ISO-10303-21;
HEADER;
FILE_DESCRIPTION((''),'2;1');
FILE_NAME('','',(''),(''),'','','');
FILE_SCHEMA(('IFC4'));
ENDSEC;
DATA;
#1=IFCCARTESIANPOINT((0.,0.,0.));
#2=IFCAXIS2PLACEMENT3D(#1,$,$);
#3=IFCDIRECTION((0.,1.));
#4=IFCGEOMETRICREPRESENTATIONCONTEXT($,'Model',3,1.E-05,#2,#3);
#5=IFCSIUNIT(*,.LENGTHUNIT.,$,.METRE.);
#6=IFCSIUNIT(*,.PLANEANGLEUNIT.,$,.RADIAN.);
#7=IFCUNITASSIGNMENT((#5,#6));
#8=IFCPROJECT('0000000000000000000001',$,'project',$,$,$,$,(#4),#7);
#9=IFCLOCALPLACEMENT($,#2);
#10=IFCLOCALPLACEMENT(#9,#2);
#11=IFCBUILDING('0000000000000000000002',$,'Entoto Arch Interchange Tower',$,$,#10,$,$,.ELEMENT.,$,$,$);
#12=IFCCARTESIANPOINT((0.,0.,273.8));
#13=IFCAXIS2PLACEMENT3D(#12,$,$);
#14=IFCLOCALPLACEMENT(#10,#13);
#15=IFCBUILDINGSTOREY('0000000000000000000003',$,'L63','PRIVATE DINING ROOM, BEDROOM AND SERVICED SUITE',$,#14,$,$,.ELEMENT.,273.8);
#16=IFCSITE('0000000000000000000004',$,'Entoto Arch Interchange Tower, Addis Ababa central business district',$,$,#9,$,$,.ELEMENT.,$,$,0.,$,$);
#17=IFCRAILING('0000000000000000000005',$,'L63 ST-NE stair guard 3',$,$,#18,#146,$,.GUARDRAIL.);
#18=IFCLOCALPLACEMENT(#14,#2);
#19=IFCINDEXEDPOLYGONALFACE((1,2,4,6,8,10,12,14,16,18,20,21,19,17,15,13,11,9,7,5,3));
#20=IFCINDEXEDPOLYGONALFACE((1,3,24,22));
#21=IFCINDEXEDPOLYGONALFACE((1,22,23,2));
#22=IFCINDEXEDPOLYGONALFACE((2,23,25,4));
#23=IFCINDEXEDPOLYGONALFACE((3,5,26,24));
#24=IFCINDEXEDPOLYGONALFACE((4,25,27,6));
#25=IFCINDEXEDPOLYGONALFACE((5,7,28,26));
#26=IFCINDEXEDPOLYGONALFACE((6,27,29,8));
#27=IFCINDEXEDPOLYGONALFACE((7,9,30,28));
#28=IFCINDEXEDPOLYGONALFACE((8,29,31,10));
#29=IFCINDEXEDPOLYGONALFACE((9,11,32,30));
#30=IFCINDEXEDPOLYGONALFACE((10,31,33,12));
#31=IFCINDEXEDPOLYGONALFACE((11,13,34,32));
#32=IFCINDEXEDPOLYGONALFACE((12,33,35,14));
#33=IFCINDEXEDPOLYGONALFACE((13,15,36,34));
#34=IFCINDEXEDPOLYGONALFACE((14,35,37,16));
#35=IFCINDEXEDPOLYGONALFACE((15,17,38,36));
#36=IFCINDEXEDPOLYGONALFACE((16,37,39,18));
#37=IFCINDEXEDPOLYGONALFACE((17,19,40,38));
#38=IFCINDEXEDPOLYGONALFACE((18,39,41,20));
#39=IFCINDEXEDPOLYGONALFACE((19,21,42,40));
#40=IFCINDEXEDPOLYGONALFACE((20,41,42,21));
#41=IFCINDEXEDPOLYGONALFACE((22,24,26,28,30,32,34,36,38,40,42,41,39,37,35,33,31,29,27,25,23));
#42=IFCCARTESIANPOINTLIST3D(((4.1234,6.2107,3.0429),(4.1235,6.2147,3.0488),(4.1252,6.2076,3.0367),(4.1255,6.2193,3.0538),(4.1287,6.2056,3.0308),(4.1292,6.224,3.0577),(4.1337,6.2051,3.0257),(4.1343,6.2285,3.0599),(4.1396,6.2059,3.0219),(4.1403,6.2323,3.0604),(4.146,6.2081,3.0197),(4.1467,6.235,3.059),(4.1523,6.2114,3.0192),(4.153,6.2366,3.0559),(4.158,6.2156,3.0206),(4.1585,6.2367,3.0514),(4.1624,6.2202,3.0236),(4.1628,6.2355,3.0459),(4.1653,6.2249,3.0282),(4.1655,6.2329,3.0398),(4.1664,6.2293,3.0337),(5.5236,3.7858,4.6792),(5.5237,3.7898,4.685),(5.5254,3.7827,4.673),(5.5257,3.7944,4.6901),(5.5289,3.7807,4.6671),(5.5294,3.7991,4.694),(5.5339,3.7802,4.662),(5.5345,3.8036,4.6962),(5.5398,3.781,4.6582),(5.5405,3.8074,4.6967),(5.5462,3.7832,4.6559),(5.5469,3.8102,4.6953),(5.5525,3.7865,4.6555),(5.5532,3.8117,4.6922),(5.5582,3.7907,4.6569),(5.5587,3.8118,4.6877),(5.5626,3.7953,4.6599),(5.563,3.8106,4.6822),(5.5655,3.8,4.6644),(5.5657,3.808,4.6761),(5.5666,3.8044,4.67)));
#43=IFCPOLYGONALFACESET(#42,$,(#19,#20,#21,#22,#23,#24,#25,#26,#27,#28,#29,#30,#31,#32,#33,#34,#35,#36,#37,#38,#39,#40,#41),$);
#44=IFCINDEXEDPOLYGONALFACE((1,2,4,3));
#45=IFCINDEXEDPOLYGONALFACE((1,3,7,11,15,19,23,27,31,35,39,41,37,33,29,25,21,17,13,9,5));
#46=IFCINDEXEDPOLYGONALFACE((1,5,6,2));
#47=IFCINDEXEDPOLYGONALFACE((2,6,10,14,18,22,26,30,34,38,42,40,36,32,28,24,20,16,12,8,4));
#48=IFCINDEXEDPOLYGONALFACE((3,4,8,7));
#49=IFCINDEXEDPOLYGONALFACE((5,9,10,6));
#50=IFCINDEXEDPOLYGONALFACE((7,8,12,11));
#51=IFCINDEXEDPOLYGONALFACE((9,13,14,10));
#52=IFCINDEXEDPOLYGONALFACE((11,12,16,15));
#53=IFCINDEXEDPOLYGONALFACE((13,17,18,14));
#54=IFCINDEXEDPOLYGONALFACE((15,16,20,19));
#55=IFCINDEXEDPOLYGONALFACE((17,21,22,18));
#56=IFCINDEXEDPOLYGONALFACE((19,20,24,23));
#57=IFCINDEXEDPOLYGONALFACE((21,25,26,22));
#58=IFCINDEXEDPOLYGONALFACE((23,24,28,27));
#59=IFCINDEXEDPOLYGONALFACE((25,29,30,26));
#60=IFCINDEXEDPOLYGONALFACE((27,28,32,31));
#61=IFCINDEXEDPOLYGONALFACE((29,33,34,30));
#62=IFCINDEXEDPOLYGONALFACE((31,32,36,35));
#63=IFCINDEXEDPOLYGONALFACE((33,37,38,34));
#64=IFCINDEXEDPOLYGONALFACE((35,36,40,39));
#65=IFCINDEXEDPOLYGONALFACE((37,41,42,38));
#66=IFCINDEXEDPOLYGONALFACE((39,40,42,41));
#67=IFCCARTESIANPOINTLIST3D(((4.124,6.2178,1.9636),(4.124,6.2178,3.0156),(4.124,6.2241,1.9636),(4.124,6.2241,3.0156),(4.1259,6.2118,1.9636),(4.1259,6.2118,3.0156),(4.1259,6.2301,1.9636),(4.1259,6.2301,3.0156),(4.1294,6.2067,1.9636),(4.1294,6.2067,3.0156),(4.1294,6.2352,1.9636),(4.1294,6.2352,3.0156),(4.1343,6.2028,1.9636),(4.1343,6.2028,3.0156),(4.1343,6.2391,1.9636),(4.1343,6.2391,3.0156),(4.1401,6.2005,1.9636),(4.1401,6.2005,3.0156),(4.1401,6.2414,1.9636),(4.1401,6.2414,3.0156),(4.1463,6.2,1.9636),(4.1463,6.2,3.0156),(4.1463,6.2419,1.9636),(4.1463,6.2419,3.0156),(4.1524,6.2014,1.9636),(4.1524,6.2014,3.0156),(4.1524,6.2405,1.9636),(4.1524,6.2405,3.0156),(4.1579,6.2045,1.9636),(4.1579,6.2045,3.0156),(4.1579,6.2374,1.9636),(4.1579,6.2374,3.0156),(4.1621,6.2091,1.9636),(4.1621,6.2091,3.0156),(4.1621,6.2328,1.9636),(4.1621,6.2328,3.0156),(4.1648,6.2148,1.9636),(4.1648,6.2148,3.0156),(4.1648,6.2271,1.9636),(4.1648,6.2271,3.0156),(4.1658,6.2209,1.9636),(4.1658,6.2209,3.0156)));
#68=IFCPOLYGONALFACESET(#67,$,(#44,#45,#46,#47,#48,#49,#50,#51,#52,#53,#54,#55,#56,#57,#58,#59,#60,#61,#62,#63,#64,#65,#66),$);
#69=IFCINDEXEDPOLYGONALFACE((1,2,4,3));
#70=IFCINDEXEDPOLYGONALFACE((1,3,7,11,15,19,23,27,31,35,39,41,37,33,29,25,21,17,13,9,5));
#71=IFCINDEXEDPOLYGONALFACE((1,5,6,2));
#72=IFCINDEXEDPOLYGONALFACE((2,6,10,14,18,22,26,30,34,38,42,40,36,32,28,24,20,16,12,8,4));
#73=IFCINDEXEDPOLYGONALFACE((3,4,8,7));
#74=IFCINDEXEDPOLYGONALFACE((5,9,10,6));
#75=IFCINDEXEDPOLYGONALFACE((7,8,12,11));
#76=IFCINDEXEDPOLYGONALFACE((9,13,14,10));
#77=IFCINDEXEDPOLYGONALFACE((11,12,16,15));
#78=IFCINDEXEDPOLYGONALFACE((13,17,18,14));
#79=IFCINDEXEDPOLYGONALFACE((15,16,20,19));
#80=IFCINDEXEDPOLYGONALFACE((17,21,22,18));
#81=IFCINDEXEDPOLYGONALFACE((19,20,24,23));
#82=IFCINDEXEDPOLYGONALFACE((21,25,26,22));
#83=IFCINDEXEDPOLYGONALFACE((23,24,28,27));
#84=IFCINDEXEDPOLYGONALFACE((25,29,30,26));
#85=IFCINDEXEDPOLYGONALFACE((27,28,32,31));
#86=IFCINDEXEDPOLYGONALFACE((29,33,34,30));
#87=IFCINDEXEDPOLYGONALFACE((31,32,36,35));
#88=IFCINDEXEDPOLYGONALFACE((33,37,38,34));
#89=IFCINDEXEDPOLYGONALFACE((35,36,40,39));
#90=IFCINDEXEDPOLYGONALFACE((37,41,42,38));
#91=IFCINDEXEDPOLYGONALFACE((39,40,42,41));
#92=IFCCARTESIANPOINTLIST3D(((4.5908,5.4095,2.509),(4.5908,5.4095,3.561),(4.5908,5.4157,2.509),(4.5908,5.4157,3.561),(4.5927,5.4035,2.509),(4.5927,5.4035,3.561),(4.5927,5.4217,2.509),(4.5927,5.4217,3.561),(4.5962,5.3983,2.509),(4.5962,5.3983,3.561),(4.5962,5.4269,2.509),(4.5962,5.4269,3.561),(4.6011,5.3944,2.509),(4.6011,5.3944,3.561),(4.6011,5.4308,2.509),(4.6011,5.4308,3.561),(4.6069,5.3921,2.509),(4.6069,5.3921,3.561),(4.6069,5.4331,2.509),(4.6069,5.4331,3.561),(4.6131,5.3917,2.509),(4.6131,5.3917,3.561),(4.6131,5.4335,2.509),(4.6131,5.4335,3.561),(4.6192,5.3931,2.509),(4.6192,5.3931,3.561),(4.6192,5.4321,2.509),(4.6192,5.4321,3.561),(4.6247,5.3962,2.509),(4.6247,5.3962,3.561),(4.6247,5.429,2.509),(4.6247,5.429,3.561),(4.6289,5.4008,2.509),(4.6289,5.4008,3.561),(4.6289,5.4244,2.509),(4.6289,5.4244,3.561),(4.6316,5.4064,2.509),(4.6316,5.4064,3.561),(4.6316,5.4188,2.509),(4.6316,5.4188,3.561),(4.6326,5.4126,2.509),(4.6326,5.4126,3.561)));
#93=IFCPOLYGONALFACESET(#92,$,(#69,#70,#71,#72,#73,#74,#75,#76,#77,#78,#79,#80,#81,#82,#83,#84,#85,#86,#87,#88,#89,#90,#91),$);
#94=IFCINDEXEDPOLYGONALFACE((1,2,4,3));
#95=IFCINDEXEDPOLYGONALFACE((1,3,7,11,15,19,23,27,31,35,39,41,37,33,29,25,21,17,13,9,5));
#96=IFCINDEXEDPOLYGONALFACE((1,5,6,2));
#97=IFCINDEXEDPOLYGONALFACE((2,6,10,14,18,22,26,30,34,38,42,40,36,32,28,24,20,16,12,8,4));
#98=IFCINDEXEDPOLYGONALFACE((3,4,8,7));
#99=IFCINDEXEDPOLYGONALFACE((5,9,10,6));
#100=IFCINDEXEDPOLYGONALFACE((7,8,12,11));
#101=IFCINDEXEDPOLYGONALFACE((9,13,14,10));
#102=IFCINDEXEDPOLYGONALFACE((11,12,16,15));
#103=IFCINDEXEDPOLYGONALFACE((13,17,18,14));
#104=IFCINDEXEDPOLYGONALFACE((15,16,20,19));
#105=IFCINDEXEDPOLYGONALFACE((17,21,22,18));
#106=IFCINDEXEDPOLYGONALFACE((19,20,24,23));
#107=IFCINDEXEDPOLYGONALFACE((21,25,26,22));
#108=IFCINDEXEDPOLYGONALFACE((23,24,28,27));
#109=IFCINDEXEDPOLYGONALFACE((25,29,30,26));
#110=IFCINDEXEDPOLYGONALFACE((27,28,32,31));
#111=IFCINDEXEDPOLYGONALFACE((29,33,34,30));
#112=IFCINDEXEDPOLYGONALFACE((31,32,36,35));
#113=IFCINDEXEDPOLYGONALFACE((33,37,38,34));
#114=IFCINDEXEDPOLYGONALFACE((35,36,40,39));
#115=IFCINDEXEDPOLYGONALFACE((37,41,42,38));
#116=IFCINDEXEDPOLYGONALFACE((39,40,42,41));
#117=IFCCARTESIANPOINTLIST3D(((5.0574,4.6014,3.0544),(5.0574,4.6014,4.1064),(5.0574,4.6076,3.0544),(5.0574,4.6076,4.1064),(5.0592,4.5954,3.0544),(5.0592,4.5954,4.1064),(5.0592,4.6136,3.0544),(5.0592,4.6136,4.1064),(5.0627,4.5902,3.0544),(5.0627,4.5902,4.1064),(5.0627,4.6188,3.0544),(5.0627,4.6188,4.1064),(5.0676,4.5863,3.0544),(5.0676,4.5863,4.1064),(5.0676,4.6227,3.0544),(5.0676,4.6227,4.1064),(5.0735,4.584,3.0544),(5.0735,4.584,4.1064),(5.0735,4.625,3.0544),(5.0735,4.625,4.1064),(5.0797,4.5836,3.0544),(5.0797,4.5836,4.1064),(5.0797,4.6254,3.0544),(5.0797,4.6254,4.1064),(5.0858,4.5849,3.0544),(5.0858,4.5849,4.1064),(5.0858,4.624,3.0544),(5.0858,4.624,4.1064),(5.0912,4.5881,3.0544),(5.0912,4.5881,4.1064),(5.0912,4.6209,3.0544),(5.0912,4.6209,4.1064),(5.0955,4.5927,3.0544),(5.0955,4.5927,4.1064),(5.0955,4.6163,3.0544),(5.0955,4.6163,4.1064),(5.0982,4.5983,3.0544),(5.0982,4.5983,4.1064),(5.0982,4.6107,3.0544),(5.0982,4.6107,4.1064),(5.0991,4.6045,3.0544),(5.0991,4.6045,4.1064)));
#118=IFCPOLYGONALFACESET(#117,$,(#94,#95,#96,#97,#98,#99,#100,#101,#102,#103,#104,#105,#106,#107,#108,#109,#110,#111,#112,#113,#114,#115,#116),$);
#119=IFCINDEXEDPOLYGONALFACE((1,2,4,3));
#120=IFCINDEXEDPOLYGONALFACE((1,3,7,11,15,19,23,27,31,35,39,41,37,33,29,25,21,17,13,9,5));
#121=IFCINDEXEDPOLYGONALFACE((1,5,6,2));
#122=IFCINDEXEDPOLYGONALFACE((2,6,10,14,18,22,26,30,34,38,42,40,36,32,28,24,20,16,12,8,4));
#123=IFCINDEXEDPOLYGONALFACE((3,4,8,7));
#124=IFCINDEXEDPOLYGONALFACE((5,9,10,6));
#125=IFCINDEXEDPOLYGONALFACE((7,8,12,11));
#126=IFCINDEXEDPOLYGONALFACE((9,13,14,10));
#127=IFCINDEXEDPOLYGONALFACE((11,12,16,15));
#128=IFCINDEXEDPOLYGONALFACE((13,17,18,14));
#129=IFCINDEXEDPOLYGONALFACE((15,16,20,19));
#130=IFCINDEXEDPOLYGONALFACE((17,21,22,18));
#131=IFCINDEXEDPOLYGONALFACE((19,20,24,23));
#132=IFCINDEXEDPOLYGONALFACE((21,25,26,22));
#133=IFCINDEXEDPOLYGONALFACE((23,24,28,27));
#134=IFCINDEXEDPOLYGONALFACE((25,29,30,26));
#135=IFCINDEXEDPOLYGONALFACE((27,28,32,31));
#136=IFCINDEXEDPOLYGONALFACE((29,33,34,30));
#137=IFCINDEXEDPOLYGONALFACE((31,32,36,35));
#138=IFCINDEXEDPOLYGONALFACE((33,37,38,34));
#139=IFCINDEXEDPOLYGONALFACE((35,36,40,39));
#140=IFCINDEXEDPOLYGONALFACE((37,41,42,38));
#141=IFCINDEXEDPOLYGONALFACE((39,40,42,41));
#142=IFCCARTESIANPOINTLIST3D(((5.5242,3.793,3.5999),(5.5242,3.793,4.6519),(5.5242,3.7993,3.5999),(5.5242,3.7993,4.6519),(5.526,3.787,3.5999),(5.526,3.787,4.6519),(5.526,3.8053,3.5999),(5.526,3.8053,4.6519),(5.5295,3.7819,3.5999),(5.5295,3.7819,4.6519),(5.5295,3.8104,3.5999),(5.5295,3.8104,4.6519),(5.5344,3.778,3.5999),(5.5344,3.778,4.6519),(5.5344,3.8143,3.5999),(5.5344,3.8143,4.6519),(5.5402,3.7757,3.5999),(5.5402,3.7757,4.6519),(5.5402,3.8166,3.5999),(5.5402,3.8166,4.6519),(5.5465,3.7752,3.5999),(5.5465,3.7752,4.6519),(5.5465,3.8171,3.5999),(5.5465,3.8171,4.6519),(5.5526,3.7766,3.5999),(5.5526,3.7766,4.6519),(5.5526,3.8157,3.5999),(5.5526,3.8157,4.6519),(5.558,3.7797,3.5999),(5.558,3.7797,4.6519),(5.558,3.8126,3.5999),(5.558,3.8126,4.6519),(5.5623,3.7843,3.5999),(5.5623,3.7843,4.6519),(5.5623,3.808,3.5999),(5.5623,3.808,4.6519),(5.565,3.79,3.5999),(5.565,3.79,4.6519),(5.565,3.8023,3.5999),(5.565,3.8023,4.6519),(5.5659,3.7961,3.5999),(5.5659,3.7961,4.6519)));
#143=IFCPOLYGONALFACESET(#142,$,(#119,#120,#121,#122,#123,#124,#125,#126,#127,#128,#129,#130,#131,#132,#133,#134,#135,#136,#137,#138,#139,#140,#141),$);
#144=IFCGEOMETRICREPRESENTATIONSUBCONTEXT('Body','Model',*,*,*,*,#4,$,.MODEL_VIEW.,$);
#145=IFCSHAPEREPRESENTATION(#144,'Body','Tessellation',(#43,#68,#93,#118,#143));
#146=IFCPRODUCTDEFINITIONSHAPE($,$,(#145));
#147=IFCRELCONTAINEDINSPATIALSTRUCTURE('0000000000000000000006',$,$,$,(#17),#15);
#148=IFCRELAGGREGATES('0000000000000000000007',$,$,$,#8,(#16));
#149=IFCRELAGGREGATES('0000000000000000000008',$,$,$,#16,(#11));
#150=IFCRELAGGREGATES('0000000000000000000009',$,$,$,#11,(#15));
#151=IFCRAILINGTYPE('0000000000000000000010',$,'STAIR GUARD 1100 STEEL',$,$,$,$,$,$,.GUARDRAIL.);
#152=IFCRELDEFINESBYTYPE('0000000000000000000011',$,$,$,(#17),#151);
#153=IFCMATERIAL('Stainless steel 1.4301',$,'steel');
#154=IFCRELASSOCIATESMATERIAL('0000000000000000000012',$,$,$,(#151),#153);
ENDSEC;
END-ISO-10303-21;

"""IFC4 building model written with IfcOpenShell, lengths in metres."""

from ifc_helpers import new_model, si_unit, direction, frame, origin, origin_2d, place, context, subcontext, project, spatial, circle, extrude, material, type_object, element, save


model = new_model("IFC4")

# Units and contexts
model_context = context("Model", 3, precision=1e-05, world=origin(), true_north=direction((0.0, 1.0)))
body_context = subcontext(model_context, "Body", "Model", "MODEL_VIEW")
ifc_project = project(units=[si_unit("LENGTHUNIT", "METRE"), si_unit("PLANEANGLEUNIT", "RADIAN")], contexts=[model_context])

# Site, building, storey
site_placement = place(None, origin())
site = spatial("IfcSite", under=ifc_project, at=site_placement, Name="Entoto Arch Interchange Tower, Addis Ababa central business district", CompositionType="ELEMENT", RefElevation=0.0)
building_placement = place(site_placement, origin())
building = spatial("IfcBuilding", under=site, at=building_placement, Name="Entoto Arch Interchange Tower", CompositionType="ELEMENT")
storey_placement = place(building_placement, frame((0.0, 0.0, 273.8)))
storey = spatial("IfcBuildingStorey", under=building, at=storey_placement, Name="L63", Description="PRIVATE DINING ROOM, BEDROOM AND SERVICED SUITE", CompositionType="ELEMENT", Elevation=273.8)

# Railing
ifc_material_1 = material(Name="Stainless steel 1.4301", Category="steel")
railing_type_1 = type_object("IfcRailingType", Name="STAIR GUARD 1100 STEEL", PredefinedType="GUARDRAIL", material=ifc_material_1)
railing_1_placement = place(storey_placement, frame((4.1448, 6.2209, 1.9636)))
element("IfcRailing", 1, at=railing_1_placement, inside=storey, type_object=railing_type_1, Name="L63 ST-NE stair guard 3", PredefinedType="GUARDRAIL", context=body_context, shape_type="SweptSolid", body=[
    extrude(circle(Radius=0.0239, at=origin_2d()), frame((0.0, 0.0, 1.0762), z_axis=(0.431738, -0.747694, 0.504535), x_axis=(0.865997, 0.50005, 0.0)), (0.0, 0.0, 1.0), 3.2432),
    extrude(circle(Radius=0.021, at=origin_2d()), origin(), (0.0, 0.0, 1.0), 1.052),
    extrude(circle(Radius=0.021, at=origin_2d()), frame((0.4668, -0.8083, 0.5454)), (0.0, 0.0, 1.0), 1.052),
    extrude(circle(Radius=0.021, at=origin_2d()), frame((0.9333, -1.6165, 1.0908)), (0.0, 0.0, 1.0), 1.052),
    extrude(circle(Radius=0.021, at=origin_2d()), frame((1.4001, -2.4248, 1.6362)), (0.0, 0.0, 1.0), 1.052),
])

save(model, "model.ifc")
